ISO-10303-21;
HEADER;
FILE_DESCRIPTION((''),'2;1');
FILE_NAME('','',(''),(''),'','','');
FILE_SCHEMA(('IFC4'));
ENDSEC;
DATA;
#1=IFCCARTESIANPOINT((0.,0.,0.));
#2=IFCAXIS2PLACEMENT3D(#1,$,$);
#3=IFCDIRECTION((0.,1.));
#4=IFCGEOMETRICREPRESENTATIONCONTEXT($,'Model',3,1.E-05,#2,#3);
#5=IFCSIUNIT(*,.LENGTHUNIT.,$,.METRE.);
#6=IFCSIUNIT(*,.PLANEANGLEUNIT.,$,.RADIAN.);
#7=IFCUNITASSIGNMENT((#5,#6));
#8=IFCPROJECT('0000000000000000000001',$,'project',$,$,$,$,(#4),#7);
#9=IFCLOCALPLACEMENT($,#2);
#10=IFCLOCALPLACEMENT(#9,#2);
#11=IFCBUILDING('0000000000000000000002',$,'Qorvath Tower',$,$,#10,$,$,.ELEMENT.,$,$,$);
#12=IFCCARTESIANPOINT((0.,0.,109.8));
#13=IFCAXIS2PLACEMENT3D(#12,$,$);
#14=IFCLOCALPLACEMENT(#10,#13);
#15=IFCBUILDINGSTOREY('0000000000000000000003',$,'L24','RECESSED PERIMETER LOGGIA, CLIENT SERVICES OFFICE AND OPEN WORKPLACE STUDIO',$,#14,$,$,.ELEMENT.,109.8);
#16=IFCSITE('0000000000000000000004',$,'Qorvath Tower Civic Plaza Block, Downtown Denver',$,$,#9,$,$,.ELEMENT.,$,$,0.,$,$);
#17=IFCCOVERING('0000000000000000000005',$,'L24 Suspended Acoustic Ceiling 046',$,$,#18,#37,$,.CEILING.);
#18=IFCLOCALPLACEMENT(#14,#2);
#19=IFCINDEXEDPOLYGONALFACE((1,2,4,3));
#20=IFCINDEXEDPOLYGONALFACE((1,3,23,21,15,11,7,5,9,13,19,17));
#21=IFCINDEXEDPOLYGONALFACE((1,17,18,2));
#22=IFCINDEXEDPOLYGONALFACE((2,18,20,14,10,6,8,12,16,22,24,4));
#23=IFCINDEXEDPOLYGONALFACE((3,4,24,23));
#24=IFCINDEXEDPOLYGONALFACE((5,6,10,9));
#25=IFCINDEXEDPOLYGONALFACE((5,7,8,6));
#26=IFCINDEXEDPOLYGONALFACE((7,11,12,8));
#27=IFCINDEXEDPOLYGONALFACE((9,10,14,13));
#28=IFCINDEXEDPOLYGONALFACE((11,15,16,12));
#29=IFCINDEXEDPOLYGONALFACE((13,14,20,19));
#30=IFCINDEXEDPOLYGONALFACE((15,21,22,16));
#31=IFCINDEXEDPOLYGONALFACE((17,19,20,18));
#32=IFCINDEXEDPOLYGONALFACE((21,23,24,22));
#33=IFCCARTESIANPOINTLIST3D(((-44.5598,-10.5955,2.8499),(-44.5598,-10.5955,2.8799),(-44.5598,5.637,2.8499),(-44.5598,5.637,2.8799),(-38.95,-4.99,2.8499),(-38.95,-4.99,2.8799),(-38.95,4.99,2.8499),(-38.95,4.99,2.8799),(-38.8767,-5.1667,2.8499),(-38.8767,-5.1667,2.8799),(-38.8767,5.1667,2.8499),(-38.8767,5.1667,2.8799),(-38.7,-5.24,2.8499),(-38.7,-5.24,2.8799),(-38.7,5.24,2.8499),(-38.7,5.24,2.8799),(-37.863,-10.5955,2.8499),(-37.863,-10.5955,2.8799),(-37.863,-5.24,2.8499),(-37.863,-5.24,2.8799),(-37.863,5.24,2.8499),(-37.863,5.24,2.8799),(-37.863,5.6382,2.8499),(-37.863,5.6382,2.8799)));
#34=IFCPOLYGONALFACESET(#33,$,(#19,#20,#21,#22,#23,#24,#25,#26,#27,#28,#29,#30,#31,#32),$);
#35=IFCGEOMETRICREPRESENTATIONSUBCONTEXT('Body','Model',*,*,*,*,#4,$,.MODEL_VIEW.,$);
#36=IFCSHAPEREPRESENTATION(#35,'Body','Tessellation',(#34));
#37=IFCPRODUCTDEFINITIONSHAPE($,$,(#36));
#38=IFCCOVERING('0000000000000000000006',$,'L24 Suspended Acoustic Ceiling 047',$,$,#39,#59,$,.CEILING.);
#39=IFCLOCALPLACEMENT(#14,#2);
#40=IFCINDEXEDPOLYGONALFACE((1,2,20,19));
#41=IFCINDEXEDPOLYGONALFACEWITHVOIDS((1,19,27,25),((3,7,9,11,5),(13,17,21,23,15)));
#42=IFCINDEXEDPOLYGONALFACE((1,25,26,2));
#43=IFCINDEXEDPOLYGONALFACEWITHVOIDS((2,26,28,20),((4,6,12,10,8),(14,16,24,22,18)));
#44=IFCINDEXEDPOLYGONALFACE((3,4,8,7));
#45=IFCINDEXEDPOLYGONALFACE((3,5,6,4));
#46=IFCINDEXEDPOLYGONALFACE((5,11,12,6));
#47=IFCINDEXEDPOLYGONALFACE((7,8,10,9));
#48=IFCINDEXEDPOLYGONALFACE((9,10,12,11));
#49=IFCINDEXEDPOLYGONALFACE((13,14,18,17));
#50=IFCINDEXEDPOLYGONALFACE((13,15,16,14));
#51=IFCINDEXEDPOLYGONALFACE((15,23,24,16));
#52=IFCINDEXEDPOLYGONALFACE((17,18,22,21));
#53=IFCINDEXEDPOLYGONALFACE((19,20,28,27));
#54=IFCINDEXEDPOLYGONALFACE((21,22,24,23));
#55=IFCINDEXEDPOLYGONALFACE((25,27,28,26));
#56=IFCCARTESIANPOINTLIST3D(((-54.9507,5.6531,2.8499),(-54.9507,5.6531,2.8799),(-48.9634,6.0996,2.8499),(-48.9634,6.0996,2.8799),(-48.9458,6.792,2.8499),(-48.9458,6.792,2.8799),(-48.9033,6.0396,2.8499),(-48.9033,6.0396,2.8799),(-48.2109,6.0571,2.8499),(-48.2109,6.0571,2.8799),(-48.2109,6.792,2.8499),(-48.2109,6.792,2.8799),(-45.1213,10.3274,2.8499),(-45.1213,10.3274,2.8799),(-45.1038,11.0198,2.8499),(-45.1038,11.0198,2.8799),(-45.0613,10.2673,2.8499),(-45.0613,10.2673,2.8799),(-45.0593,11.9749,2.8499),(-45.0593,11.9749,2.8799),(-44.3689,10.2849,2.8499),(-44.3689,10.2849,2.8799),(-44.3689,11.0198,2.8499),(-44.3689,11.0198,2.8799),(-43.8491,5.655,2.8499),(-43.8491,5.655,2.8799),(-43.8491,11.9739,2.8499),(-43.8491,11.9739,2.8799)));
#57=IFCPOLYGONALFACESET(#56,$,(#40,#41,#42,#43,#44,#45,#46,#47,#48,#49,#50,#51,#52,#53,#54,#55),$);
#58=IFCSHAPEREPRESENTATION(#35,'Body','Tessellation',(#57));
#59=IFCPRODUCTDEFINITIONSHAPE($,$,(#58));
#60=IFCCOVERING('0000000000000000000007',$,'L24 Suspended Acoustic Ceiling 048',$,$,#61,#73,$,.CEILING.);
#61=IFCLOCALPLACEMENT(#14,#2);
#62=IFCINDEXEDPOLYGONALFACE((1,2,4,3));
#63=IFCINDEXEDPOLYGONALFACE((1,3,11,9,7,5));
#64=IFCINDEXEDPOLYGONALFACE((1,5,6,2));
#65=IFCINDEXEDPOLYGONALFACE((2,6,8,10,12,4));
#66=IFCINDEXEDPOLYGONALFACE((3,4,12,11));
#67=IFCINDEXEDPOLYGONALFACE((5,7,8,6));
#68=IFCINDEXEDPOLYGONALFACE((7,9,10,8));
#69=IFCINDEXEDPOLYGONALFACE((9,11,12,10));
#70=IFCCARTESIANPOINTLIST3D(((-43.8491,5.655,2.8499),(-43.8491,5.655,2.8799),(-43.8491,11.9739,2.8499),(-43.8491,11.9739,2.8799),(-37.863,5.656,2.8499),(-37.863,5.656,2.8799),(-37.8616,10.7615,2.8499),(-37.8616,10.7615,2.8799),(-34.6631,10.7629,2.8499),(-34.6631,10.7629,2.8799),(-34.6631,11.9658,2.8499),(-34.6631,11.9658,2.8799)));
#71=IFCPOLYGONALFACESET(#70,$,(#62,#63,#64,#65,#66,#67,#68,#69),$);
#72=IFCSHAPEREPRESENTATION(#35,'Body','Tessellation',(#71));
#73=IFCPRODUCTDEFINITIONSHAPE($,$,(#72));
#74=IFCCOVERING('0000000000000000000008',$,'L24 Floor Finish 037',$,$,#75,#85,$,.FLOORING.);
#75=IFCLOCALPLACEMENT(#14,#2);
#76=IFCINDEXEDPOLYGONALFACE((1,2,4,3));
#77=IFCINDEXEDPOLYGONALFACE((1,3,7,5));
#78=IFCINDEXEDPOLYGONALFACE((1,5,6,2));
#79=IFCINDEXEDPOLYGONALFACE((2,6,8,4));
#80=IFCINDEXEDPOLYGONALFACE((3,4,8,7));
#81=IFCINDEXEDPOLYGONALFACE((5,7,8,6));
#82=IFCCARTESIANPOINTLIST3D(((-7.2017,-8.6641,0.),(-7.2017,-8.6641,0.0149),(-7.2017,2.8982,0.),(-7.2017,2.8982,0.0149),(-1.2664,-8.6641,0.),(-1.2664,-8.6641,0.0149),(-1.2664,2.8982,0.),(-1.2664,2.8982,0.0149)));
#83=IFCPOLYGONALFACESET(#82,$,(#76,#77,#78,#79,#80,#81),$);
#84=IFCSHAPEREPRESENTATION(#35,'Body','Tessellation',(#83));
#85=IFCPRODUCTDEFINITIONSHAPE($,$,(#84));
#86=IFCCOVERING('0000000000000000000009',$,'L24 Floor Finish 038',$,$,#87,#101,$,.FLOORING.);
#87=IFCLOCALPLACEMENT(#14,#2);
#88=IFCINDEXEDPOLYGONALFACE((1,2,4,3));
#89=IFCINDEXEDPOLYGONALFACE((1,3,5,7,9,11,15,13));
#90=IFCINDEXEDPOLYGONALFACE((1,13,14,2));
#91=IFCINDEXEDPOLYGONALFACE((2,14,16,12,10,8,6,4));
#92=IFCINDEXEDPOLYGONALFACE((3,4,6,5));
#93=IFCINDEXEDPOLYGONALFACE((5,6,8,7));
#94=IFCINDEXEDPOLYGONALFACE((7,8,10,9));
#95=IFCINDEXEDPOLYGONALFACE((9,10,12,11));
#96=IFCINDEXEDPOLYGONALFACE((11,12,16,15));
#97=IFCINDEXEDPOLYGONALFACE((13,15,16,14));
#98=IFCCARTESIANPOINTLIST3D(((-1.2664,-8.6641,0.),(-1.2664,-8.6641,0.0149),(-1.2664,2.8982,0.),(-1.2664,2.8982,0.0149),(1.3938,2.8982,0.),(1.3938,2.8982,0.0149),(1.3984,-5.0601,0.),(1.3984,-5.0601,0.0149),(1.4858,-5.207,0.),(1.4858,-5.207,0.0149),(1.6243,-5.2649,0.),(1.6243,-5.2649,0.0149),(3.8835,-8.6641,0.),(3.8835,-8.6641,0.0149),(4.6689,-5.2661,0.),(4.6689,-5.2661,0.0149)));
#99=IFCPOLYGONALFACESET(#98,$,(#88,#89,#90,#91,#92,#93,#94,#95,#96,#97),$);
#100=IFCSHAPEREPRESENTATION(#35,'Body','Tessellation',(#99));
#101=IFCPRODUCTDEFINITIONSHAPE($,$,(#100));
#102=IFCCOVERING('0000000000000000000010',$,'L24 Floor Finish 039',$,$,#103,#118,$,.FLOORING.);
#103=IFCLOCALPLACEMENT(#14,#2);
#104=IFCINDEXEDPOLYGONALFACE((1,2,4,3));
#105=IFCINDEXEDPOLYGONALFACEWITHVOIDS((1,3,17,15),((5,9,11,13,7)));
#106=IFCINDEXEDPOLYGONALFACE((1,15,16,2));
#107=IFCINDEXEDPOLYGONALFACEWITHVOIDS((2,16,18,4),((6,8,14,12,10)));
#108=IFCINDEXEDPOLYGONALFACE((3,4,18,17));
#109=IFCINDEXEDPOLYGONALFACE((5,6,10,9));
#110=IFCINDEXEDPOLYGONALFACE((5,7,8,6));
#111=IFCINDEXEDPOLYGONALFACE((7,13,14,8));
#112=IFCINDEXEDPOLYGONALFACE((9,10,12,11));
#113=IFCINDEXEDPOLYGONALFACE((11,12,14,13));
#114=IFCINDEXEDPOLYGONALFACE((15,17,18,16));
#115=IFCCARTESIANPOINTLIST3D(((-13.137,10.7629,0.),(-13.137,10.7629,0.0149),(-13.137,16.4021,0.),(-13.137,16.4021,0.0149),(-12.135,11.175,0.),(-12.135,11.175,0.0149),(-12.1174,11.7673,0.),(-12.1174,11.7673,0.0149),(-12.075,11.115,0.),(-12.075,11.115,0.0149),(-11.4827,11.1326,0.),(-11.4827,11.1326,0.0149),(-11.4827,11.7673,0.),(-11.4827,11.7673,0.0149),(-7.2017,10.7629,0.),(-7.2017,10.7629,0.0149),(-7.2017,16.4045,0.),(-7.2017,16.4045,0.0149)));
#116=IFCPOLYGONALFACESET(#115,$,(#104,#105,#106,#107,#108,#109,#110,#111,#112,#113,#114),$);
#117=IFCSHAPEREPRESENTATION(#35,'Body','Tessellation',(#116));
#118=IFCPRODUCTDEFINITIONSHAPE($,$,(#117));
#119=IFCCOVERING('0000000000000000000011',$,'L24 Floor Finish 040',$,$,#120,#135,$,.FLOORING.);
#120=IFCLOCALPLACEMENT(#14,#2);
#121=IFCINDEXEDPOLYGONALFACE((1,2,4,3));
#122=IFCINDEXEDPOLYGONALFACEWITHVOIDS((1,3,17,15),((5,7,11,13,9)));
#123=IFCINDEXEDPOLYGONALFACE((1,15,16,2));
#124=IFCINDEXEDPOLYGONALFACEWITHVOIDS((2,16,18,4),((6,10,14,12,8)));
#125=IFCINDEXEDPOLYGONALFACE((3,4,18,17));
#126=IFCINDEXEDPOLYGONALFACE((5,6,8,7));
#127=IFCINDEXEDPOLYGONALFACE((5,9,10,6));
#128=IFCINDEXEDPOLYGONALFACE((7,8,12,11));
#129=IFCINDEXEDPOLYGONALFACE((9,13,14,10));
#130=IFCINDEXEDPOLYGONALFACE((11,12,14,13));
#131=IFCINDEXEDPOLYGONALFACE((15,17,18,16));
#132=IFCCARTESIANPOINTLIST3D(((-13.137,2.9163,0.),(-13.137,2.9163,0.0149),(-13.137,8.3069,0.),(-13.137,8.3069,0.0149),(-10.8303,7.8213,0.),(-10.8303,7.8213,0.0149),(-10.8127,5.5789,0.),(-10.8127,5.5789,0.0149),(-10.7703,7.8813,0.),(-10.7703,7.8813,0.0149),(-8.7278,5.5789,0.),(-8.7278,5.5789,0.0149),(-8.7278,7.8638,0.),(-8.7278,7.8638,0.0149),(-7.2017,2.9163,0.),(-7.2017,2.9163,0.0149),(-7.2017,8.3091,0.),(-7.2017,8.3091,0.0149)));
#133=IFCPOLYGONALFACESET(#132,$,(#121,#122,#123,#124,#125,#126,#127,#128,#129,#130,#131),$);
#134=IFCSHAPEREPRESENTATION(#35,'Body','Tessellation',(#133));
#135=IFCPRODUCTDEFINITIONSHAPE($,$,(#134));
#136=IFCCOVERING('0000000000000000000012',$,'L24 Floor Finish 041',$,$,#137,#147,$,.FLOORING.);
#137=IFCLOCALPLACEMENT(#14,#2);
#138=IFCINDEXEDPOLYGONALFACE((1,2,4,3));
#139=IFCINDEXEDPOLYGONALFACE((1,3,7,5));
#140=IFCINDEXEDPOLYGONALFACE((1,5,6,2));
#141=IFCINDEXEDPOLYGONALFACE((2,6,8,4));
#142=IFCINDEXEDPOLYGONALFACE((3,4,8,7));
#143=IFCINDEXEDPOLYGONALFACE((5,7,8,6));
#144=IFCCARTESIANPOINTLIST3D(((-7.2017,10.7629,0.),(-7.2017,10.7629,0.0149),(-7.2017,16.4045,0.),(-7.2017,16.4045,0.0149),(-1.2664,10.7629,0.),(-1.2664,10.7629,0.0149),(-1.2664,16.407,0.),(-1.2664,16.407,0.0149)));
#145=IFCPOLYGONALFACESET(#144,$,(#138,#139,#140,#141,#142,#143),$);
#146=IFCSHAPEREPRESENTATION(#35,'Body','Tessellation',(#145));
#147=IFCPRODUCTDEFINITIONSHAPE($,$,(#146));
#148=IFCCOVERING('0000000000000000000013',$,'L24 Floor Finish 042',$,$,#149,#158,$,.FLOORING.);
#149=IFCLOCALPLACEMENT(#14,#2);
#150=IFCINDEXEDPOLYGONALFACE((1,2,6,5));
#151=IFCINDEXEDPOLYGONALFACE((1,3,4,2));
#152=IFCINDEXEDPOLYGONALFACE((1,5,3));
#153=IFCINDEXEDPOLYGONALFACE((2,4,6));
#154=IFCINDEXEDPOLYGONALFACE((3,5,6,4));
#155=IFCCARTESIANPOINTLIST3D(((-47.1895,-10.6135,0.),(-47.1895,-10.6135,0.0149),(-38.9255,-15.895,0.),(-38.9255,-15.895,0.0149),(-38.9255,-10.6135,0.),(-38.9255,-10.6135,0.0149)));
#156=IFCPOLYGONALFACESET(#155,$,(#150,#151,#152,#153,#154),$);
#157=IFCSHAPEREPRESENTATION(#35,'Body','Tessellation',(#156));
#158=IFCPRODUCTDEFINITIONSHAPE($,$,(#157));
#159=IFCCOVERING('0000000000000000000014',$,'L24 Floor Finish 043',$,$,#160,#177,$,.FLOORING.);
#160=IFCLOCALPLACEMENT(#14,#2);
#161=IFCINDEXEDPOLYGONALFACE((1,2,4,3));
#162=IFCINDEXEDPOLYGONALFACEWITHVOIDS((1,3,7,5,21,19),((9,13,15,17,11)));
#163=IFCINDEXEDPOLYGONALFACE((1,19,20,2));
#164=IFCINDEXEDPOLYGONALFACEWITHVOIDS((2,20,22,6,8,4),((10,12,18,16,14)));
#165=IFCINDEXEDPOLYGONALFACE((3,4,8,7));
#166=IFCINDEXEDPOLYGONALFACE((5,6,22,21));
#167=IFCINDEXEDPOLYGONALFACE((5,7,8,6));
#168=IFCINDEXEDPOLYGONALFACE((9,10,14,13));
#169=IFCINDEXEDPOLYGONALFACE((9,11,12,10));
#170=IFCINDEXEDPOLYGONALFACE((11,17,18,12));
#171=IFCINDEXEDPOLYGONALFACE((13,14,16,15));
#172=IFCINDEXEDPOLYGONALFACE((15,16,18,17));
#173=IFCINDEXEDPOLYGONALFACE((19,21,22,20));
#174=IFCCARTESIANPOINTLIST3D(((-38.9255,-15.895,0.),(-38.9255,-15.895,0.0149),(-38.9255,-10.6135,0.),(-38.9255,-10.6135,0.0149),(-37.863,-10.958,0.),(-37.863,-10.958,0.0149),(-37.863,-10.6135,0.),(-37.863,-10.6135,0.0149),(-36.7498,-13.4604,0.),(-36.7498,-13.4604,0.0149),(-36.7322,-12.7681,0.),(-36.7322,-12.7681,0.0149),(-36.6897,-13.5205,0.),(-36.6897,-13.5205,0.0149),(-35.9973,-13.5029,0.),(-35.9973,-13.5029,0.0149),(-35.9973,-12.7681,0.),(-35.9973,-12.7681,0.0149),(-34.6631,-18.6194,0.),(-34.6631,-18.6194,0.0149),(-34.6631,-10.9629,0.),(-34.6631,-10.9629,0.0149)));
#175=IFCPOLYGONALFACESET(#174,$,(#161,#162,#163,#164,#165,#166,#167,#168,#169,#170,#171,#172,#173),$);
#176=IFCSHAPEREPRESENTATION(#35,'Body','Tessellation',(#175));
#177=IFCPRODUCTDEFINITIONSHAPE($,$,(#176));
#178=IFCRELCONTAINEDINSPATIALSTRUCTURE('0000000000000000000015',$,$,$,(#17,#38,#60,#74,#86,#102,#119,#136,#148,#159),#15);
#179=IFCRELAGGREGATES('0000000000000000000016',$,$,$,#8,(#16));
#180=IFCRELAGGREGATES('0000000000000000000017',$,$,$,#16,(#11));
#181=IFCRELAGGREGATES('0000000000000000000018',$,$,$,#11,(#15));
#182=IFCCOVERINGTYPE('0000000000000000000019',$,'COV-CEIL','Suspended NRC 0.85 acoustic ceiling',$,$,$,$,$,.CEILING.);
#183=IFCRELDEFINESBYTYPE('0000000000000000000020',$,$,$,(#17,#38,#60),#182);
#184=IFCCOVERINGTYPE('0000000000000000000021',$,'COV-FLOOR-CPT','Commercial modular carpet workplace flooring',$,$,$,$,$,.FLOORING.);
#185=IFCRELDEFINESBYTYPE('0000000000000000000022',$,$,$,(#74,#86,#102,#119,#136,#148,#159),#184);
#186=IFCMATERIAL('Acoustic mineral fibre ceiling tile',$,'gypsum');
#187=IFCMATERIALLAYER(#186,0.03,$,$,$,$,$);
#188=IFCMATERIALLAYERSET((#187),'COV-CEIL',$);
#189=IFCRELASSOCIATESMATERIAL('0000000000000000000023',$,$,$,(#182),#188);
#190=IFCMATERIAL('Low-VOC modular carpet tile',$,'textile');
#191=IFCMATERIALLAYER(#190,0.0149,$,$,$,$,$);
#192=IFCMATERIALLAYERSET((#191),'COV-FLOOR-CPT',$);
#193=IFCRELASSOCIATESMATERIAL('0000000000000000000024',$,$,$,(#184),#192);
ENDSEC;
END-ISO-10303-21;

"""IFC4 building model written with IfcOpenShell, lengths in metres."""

from ifc_helpers import new_model, si_unit, direction, frame, origin, place, context, subcontext, project, spatial, polyline, outline, extrude, material, layer, layer_set, type_object, element, save


model = new_model("IFC4")

# Units and contexts
model_context = context("Model", 3, precision=1e-05, world=origin(), true_north=direction((0.0, 1.0)))
body_context = subcontext(model_context, "Body", "Model", "MODEL_VIEW")
ifc_project = project(units=[si_unit("LENGTHUNIT", "METRE"), si_unit("PLANEANGLEUNIT", "RADIAN")], contexts=[model_context])

# Site, building, storey
site_placement = place(None, origin())
site = spatial("IfcSite", under=ifc_project, at=site_placement, Name="Qorvath Tower Civic Plaza Block, Downtown Denver", CompositionType="ELEMENT", RefElevation=0.0)
building_placement = place(site_placement, origin())
building = spatial("IfcBuilding", under=site, at=building_placement, Name="Qorvath Tower", CompositionType="ELEMENT")
storey_placement = place(building_placement, frame((0.0, 0.0, 109.8)))
storey = spatial("IfcBuildingStorey", under=building, at=storey_placement, Name="L24", Description="RECESSED PERIMETER LOGGIA, CLIENT SERVICES OFFICE AND OPEN WORKPLACE STUDIO", CompositionType="ELEMENT", Elevation=109.8)

# Coverings
ifc_material_1 = material(Name="Acoustic mineral fibre ceiling tile", Category="gypsum")
ifc_layer_1 = layer(ifc_material_1, 0.03)
ifc_layer_set_1 = layer_set([ifc_layer_1], Name="COV-CEIL")
covering_type_1 = type_object("IfcCoveringType", Name="COV-CEIL", Description="Suspended NRC 0.85 acoustic ceiling", PredefinedType="CEILING", material=ifc_layer_set_1)
covering_1_placement = place(storey_placement, frame((0.0, 0.0, 2.8499)))
element("IfcCovering", 1, at=covering_1_placement, inside=storey, type_object=covering_type_1, Name="L24 Suspended Acoustic Ceiling 046", PredefinedType="CEILING", context=body_context, shape_type="SweptSolid", body=[
    extrude(outline(polyline([(-44.5598, 5.637), (-44.5598, -10.5955), (-37.863, -10.5955), (-37.863, -5.24), (-38.7, -5.24), (-38.8767, -5.1667), (-38.95, -4.99), (-38.95, 4.99), (-38.8767, 5.1667), (-38.7, 5.24), (-37.863, 5.24), (-37.863, 5.6382), (-44.5598, 5.637)])), origin(), (0.0, 0.0, 1.0), 0.03),
])
covering_2_placement = place(storey_placement, frame((0.0, 0.0, 2.8499)))
element("IfcCovering", 2, at=covering_2_placement, inside=storey, type_object=covering_type_1, Name="L24 Suspended Acoustic Ceiling 047", PredefinedType="CEILING", context=body_context, shape_type="SweptSolid", body=[
    extrude(outline(polyline([(-43.8491, 5.655), (-43.8491, 11.9739), (-45.0593, 11.9749), (-54.9507, 5.6531), (-43.8491, 5.655)]), holes=[polyline([(-45.1213, 10.3274), (-45.1038, 11.0198), (-44.3689, 11.0198), (-44.3689, 10.2849), (-45.0613, 10.2673), (-45.1213, 10.3274)]), polyline([(-48.9634, 6.0996), (-48.9458, 6.792), (-48.2109, 6.792), (-48.2109, 6.0571), (-48.9033, 6.0396), (-48.9634, 6.0996)])]), origin(), (0.0, 0.0, 1.0), 0.03),
])
covering_3_placement = place(storey_placement, frame((0.0, 0.0, 2.8499)))
element("IfcCovering", 3, at=covering_3_placement, inside=storey, type_object=covering_type_1, Name="L24 Suspended Acoustic Ceiling 048", PredefinedType="CEILING", context=body_context, shape_type="SweptSolid", body=[
    extrude(outline(polyline([(-34.6631, 10.7629), (-34.6631, 11.9658), (-43.8491, 11.9739), (-43.8491, 5.655), (-37.863, 5.656), (-37.8616, 10.7615), (-34.6631, 10.7629)])), origin(), (0.0, 0.0, 1.0), 0.03),
])
ifc_material_2 = material(Name="Low-VOC modular carpet tile", Category="textile")
ifc_layer_2 = layer(ifc_material_2, 0.0149)
ifc_layer_set_2 = layer_set([ifc_layer_2], Name="COV-FLOOR-CPT")
covering_type_2 = type_object("IfcCoveringType", Name="COV-FLOOR-CPT", Description="Commercial modular carpet workplace flooring", PredefinedType="FLOORING", material=ifc_layer_set_2)
covering_4_placement = place(storey_placement, origin())
element("IfcCovering", 4, at=covering_4_placement, inside=storey, type_object=covering_type_2, Name="L24 Floor Finish 037", PredefinedType="FLOORING", context=body_context, shape_type="SweptSolid", body=[
    extrude(outline(polyline([(-1.2664, -8.6641), (-1.2664, 2.8982), (-7.2017, 2.8982), (-7.2017, -8.6641), (-1.2664, -8.6641)])), origin(), (0.0, 0.0, 1.0), 0.0149),
])
covering_5_placement = place(storey_placement, origin())
element("IfcCovering", 5, at=covering_5_placement, inside=storey, type_object=covering_type_2, Name="L24 Floor Finish 038", PredefinedType="FLOORING", context=body_context, shape_type="SweptSolid", body=[
    extrude(outline(polyline([(1.4858, -5.207), (1.3984, -5.0601), (1.3938, 2.8982), (-1.2664, 2.8982), (-1.2664, -8.6641), (3.8835, -8.6641), (4.6689, -5.2661), (1.6243, -5.2649), (1.4858, -5.207)])), origin(), (0.0, 0.0, 1.0), 0.0149),
])
covering_6_placement = place(storey_placement, origin())
element("IfcCovering", 6, at=covering_6_placement, inside=storey, type_object=covering_type_2, Name="L24 Floor Finish 039", PredefinedType="FLOORING", context=body_context, shape_type="SweptSolid", body=[
    extrude(outline(polyline([(-7.2017, 10.7629), (-7.2017, 16.4045), (-13.137, 16.4021), (-13.137, 10.7629), (-7.2017, 10.7629)]), holes=[polyline([(-12.135, 11.175), (-12.1174, 11.7673), (-11.4827, 11.7673), (-11.4827, 11.1326), (-12.075, 11.115), (-12.135, 11.175)])]), origin(), (0.0, 0.0, 1.0), 0.0149),
])
covering_7_placement = place(storey_placement, origin())
element("IfcCovering", 7, at=covering_7_placement, inside=storey, type_object=covering_type_2, Name="L24 Floor Finish 040", PredefinedType="FLOORING", context=body_context, shape_type="SweptSolid", body=[
    extrude(outline(polyline([(-7.2017, 2.9163), (-7.2017, 8.3091), (-13.137, 8.3069), (-13.137, 2.9163), (-7.2017, 2.9163)]), holes=[polyline([(-10.8303, 7.8213), (-10.7703, 7.8813), (-8.7278, 7.8638), (-8.7278, 5.5789), (-10.8127, 5.5789), (-10.8303, 7.8213)])]), origin(), (0.0, 0.0, 1.0), 0.0149),
])
covering_8_placement = place(storey_placement, origin())
element("IfcCovering", 8, at=covering_8_placement, inside=storey, type_object=covering_type_2, Name="L24 Floor Finish 041", PredefinedType="FLOORING", context=body_context, shape_type="SweptSolid", body=[
    extrude(outline(polyline([(-1.2664, 10.7629), (-1.2664, 16.407), (-7.2017, 16.4045), (-7.2017, 10.7629), (-1.2664, 10.7629)])), origin(), (0.0, 0.0, 1.0), 0.0149),
])
covering_9_placement = place(storey_placement, origin())
element("IfcCovering", 9, at=covering_9_placement, inside=storey, type_object=covering_type_2, Name="L24 Floor Finish 042", PredefinedType="FLOORING", context=body_context, shape_type="SweptSolid", body=[
    extrude(outline(polyline([(-38.9255, -15.895), (-38.9255, -10.6135), (-47.1895, -10.6135), (-38.9255, -15.895)])), origin(), (0.0, 0.0, 1.0), 0.0149),
])
covering_10_placement = place(storey_placement, origin())
element("IfcCovering", 10, at=covering_10_placement, inside=storey, type_object=covering_type_2, Name="L24 Floor Finish 043", PredefinedType="FLOORING", context=body_context, shape_type="SweptSolid", body=[
    extrude(outline(polyline([(-37.863, -10.958), (-37.863, -10.6135), (-38.9255, -10.6135), (-38.9255, -15.895), (-34.6631, -18.6194), (-34.6631, -10.9629), (-37.863, -10.958)]), holes=[polyline([(-36.7498, -13.4604), (-36.7322, -12.7681), (-35.9973, -12.7681), (-35.9973, -13.5029), (-36.6897, -13.5205), (-36.7498, -13.4604)])]), origin(), (0.0, 0.0, 1.0), 0.0149),
])

save(model, "model.ifc")
